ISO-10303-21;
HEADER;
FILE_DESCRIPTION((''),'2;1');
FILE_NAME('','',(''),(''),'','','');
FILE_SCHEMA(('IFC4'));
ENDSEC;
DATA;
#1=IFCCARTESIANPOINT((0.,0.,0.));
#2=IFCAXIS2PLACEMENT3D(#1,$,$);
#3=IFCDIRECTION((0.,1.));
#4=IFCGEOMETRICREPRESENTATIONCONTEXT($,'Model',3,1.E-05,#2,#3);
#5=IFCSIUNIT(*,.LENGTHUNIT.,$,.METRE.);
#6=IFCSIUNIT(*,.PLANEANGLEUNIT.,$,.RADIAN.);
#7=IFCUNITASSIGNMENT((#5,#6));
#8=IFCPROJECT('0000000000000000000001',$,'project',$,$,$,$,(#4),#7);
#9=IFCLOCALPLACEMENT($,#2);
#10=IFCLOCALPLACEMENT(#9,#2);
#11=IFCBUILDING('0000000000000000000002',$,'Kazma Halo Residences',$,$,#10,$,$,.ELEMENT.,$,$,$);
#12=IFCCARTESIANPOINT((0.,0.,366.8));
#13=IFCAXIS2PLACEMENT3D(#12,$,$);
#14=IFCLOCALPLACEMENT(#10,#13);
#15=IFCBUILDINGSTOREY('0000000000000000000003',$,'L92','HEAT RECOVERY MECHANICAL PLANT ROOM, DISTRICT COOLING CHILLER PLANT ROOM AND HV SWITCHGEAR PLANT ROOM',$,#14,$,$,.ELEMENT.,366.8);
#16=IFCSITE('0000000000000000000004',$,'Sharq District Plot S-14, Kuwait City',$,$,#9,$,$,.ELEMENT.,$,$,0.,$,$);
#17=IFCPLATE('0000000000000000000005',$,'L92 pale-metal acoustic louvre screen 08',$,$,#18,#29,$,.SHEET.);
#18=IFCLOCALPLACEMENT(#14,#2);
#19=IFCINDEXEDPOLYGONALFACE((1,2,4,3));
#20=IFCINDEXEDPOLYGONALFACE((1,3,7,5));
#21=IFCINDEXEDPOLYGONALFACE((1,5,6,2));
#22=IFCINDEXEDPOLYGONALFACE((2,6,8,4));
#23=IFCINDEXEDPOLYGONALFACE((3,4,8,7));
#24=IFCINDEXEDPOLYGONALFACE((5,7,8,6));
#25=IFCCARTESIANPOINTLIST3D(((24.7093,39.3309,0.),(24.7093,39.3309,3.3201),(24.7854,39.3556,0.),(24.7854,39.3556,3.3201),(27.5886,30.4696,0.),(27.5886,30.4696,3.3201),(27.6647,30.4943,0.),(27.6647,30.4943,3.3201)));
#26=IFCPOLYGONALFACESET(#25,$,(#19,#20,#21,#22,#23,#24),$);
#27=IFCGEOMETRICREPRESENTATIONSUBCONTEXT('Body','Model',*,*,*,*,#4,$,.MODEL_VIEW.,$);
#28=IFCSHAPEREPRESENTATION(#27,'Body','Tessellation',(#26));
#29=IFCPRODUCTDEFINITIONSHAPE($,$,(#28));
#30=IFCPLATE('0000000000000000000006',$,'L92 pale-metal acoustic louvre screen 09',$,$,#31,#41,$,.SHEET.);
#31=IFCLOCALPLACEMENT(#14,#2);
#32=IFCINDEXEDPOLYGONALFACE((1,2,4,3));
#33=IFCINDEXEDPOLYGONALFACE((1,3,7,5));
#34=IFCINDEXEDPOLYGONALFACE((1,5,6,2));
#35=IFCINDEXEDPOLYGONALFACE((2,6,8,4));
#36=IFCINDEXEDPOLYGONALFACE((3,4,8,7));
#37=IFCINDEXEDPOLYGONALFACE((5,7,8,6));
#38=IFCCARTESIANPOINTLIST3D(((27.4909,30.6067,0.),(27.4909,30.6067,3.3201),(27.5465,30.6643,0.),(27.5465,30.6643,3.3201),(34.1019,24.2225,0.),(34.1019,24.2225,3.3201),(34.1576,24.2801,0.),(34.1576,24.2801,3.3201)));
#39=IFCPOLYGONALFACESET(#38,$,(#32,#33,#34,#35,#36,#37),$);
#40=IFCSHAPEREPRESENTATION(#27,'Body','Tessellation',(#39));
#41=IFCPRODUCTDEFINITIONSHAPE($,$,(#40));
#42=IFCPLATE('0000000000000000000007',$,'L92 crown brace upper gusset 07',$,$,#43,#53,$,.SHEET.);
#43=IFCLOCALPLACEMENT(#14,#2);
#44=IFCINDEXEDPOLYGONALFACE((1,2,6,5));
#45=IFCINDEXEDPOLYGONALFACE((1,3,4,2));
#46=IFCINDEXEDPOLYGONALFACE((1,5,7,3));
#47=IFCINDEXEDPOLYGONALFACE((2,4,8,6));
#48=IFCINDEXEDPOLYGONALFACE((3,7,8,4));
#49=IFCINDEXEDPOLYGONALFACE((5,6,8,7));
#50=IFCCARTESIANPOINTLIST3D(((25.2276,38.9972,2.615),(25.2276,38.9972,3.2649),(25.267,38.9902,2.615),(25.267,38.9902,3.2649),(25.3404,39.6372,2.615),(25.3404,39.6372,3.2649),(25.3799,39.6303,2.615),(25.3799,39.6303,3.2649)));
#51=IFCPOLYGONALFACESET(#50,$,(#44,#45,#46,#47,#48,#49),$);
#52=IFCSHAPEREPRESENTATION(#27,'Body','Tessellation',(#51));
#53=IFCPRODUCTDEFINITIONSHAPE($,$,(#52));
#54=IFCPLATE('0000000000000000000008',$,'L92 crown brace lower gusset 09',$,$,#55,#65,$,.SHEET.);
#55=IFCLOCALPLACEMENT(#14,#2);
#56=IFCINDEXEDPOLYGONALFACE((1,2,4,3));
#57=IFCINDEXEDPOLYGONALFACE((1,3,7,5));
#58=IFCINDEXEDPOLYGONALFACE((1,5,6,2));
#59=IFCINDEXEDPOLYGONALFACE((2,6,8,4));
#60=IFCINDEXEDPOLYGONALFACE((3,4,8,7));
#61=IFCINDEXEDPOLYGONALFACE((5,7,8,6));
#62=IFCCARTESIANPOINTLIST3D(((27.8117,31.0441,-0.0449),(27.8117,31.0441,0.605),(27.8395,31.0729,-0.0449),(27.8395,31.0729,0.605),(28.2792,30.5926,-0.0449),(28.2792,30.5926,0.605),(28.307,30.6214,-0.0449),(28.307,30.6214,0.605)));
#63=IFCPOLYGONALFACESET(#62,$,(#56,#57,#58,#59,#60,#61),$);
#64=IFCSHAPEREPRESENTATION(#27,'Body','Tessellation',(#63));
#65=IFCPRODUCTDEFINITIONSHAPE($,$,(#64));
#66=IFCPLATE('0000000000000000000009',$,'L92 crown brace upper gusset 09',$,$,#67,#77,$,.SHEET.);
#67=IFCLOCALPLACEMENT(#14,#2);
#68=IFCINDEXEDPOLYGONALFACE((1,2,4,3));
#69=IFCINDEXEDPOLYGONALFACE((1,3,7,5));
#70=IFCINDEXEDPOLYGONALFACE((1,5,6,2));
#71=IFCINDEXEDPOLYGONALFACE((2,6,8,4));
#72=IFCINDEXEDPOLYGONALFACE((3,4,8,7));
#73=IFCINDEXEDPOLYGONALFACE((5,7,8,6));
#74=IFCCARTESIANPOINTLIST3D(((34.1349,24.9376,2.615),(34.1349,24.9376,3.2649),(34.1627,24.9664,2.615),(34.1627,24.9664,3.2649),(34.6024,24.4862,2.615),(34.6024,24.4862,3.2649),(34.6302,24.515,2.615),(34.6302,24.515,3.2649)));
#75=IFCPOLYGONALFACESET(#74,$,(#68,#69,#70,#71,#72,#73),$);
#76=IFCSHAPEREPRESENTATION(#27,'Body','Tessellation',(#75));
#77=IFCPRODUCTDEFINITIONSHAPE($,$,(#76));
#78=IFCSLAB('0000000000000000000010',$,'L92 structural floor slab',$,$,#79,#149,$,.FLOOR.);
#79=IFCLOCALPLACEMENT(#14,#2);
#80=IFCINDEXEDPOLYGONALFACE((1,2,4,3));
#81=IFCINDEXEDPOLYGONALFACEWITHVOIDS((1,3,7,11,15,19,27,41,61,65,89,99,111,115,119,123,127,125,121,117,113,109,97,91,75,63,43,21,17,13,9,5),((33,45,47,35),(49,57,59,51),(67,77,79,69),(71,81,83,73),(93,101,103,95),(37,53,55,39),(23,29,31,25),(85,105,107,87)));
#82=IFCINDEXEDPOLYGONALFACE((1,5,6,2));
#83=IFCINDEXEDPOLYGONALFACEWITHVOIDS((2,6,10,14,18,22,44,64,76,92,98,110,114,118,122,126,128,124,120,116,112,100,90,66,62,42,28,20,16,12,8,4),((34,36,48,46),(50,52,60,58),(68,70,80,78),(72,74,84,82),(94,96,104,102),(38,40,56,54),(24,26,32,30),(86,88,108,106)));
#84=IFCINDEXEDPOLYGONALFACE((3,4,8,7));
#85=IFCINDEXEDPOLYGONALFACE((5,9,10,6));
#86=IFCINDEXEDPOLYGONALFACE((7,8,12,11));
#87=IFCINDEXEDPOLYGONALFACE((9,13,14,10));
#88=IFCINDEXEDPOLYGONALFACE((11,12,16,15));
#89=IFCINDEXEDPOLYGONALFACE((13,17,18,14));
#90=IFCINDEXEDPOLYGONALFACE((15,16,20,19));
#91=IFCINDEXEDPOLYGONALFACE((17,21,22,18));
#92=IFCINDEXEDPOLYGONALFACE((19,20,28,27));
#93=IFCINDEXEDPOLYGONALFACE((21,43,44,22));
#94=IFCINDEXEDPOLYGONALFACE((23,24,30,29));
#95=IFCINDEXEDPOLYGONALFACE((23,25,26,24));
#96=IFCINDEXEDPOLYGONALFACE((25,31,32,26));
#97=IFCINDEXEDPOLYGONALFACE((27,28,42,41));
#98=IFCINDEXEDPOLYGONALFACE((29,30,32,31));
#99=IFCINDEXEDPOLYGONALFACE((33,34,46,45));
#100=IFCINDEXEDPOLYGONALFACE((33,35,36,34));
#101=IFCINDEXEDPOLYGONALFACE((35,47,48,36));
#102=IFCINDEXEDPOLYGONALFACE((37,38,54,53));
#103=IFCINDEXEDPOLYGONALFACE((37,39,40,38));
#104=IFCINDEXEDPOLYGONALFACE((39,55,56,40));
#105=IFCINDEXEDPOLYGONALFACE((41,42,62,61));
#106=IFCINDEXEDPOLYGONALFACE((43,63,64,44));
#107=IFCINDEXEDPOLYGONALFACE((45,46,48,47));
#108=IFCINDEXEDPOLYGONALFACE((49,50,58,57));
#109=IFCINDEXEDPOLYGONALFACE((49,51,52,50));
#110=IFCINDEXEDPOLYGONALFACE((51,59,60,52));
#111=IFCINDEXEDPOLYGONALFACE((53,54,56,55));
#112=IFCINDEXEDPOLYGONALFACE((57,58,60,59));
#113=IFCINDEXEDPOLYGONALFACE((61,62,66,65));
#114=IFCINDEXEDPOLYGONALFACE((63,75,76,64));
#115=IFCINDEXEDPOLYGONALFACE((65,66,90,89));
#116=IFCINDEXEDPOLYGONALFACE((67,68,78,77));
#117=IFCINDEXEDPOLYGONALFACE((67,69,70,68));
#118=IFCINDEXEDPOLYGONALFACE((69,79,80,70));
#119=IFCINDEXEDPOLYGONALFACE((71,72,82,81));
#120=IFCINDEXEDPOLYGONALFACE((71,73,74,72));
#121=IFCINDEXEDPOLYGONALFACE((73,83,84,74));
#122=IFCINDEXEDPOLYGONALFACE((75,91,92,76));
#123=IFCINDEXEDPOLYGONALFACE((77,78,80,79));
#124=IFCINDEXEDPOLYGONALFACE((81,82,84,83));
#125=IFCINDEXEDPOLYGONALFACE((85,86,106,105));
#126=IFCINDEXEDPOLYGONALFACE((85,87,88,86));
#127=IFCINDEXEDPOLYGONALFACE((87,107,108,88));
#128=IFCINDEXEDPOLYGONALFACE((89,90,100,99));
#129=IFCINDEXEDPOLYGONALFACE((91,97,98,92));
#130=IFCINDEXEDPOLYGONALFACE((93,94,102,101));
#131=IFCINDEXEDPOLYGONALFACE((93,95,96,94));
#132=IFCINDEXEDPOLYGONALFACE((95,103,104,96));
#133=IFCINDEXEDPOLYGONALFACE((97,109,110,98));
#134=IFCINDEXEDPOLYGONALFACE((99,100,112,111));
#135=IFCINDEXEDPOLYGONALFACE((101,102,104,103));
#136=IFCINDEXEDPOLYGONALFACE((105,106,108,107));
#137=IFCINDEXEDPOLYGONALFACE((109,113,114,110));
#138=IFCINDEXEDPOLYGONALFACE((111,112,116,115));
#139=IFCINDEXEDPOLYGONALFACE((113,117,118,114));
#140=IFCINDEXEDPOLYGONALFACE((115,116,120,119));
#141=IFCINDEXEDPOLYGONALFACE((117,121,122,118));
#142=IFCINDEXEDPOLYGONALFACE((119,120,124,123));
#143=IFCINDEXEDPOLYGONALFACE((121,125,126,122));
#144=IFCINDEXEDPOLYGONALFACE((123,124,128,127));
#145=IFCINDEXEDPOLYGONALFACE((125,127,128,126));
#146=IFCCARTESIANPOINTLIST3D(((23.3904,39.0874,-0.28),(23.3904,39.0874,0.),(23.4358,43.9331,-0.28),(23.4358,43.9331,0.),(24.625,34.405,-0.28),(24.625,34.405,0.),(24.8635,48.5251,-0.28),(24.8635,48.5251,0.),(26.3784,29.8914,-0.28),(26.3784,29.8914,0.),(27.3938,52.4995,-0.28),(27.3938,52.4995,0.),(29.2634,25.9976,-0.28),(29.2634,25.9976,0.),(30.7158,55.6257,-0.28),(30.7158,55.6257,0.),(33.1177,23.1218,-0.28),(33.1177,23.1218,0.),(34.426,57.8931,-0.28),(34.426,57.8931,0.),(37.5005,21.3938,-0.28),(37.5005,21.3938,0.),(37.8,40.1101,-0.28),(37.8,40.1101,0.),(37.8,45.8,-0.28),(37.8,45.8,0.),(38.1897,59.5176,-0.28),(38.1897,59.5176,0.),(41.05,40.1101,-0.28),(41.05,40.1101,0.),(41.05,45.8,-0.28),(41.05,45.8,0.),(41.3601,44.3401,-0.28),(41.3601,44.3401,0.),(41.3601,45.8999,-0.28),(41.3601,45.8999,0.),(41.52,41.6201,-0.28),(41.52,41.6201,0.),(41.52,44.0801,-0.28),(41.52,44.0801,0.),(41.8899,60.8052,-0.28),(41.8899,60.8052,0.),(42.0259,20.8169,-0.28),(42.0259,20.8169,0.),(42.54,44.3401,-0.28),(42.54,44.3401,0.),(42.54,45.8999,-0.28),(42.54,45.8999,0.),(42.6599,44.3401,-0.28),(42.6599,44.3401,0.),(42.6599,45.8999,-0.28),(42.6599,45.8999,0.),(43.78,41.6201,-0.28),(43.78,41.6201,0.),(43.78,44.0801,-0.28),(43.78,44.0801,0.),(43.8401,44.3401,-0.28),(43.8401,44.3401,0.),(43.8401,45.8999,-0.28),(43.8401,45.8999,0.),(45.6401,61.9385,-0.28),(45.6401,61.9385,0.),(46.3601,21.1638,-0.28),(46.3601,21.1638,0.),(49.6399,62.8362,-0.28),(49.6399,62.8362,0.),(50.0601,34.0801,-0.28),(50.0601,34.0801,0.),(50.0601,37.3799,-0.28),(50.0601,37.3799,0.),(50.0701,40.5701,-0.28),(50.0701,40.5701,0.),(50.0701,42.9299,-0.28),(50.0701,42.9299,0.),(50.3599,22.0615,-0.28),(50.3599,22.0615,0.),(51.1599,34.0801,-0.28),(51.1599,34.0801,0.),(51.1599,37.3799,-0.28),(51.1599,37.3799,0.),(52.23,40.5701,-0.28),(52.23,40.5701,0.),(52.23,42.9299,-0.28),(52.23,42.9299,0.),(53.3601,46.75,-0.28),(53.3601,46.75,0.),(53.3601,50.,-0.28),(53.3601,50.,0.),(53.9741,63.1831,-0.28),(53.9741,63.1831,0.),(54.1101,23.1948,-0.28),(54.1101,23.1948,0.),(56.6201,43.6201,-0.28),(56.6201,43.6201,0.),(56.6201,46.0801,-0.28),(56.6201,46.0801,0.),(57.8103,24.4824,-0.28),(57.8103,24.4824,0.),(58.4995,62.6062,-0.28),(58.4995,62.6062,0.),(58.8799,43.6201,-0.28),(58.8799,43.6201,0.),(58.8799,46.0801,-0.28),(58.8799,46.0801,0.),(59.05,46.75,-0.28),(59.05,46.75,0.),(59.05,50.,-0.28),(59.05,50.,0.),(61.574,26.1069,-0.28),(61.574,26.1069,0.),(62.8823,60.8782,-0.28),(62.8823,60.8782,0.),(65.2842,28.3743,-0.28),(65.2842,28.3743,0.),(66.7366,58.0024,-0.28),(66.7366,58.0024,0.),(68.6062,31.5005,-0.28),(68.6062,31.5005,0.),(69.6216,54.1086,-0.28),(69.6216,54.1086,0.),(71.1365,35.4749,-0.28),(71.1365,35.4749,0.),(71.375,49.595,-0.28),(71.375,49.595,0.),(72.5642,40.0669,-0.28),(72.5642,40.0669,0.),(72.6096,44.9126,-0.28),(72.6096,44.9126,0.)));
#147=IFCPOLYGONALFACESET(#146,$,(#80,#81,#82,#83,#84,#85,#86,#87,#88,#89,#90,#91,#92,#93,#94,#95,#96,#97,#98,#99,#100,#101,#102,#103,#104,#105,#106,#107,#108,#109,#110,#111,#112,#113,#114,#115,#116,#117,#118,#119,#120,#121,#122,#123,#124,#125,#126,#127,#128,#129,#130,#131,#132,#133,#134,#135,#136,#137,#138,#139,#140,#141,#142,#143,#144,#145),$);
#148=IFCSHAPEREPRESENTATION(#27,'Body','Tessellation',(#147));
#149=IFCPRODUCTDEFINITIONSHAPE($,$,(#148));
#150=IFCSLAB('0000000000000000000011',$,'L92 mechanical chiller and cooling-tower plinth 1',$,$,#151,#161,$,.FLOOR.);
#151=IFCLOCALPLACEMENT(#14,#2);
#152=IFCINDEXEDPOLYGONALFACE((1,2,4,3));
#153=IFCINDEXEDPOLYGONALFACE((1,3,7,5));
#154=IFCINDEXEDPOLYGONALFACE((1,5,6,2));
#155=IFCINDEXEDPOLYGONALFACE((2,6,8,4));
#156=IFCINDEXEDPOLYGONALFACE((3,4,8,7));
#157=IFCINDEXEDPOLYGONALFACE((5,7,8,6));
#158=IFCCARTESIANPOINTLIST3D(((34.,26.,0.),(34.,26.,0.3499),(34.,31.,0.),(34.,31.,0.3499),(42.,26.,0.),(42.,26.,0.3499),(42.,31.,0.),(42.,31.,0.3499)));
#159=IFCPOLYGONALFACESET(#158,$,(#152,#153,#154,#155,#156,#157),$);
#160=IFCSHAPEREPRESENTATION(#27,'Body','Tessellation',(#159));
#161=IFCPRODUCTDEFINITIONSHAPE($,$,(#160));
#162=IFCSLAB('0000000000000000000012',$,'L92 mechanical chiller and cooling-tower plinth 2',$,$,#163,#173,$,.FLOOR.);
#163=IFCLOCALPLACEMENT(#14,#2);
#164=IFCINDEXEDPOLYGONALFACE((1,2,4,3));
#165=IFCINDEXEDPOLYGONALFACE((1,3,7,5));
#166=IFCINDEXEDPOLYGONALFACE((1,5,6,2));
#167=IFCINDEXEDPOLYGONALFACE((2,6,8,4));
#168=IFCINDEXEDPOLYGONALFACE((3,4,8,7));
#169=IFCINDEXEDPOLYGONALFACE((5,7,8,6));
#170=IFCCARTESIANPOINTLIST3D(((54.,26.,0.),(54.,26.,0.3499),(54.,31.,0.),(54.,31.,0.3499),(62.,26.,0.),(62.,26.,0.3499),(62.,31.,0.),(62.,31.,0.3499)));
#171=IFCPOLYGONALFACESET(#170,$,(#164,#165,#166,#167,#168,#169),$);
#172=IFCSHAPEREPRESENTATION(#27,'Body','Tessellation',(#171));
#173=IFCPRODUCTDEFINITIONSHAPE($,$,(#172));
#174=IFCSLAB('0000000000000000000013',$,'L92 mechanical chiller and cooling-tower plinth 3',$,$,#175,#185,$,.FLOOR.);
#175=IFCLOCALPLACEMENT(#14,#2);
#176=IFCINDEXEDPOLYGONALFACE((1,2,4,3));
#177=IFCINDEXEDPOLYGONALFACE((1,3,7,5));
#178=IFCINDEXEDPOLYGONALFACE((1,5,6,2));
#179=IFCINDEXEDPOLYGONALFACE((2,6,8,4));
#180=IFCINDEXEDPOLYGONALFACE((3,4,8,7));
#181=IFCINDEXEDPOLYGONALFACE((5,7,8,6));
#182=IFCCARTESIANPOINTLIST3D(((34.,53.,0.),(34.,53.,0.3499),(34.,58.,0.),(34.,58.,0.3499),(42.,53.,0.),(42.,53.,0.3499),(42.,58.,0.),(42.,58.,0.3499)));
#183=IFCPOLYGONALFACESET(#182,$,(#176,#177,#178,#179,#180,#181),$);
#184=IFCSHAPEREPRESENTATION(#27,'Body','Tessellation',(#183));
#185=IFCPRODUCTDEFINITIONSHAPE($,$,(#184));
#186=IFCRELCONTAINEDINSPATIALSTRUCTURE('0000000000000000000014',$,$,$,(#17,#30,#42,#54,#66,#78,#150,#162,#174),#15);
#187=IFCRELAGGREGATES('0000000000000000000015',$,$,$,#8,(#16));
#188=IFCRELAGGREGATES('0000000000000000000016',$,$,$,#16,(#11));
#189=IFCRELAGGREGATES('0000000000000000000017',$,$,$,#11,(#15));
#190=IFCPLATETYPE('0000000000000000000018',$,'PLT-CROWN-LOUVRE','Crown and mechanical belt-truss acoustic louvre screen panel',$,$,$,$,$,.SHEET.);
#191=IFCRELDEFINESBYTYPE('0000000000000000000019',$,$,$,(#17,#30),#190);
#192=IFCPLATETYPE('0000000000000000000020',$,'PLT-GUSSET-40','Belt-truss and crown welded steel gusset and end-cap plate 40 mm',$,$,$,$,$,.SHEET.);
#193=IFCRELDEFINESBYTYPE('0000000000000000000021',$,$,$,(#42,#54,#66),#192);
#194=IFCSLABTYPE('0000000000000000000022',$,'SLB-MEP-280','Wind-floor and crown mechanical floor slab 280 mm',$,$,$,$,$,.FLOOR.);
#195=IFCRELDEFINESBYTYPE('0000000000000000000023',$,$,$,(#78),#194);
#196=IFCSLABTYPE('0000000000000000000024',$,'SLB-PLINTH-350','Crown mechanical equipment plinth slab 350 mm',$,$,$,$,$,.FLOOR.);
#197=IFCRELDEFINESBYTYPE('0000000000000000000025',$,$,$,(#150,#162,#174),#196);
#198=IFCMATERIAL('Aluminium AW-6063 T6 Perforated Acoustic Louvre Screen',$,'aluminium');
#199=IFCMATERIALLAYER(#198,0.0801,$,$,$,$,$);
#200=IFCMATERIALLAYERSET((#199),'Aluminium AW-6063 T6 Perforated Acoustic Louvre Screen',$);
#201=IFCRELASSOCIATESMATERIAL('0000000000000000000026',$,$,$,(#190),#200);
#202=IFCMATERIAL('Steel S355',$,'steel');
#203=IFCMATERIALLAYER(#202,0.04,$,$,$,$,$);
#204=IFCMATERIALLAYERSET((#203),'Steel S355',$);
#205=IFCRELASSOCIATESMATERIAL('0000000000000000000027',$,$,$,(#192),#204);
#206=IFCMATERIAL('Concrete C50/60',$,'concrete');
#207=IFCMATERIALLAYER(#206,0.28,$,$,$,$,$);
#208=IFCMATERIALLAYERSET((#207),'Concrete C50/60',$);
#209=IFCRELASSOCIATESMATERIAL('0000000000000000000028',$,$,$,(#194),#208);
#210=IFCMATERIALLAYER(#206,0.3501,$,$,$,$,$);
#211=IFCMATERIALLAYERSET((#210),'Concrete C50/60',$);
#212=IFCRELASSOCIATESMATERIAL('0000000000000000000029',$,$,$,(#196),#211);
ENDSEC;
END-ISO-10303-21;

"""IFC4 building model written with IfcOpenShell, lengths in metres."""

from ifc_helpers import new_model, si_unit, direction, frame, origin, origin_2d, place, context, subcontext, project, spatial, polyline, rectangle, outline, extrude, material, layer, layer_set, type_object, element, save


model = new_model("IFC4")

# Units and contexts
model_context = context("Model", 3, precision=1e-05, world=origin(), true_north=direction((0.0, 1.0)))
body_context = subcontext(model_context, "Body", "Model", "MODEL_VIEW")
ifc_project = project(units=[si_unit("LENGTHUNIT", "METRE"), si_unit("PLANEANGLEUNIT", "RADIAN")], contexts=[model_context])

# Site, building, storey
site_placement = place(None, origin())
site = spatial("IfcSite", under=ifc_project, at=site_placement, Name="Sharq District Plot S-14, Kuwait City", CompositionType="ELEMENT", RefElevation=0.0)
building_placement = place(site_placement, origin())
building = spatial("IfcBuilding", under=site, at=building_placement, Name="Kazma Halo Residences", CompositionType="ELEMENT")
storey_placement = place(building_placement, frame((0.0, 0.0, 366.8)))
storey = spatial("IfcBuildingStorey", under=building, at=storey_placement, Name="L92", Description="HEAT RECOVERY MECHANICAL PLANT ROOM, DISTRICT COOLING CHILLER PLANT ROOM AND HV SWITCHGEAR PLANT ROOM", CompositionType="ELEMENT", Elevation=366.8)

# Shared definitions
ifc_material_1 = material(Name="Steel S355", Category="steel")

# Plates
ifc_material_2 = material(Name="Aluminium AW-6063 T6 Perforated Acoustic Louvre Screen", Category="aluminium")
ifc_layer_1 = layer(ifc_material_2, 0.0801)
ifc_layer_set_1 = layer_set([ifc_layer_1], Name="Aluminium AW-6063 T6 Perforated Acoustic Louvre Screen")
plate_type_1 = type_object("IfcPlateType", Name="PLT-CROWN-LOUVRE", Description="Crown and mechanical belt-truss acoustic louvre screen panel", PredefinedType="SHEET", material=ifc_layer_set_1)
plate_1_placement = place(storey_placement, frame((26.187, 34.9126, 0.0), z_axis=(0.0, 0.0, 1.0), x_axis=(0.309023, -0.951055, 0.0)))
element("IfcPlate", 1, at=plate_1_placement, inside=storey, type_object=plate_type_1, Name="L92 pale-metal acoustic louvre screen 08", PredefinedType="SHEET", context=body_context, shape_type="SweptSolid", body=[
    extrude(rectangle(XDim=9.3174, YDim=0.0801, at=origin_2d()), origin(), (0.0, 0.0, 1.0), 3.3201),
])
plate_2_placement = place(storey_placement, frame((30.8242, 27.4434, 0.0), z_axis=(0.0, 0.0, 1.0), x_axis=(0.719342, -0.694656, 0.0)))
element("IfcPlate", 2, at=plate_2_placement, inside=storey, type_object=plate_type_1, Name="L92 pale-metal acoustic louvre screen 09", PredefinedType="SHEET", context=body_context, shape_type="SweptSolid", body=[
    extrude(rectangle(XDim=9.1904, YDim=0.0801, at=origin_2d()), origin(), (0.0, 0.0, 1.0), 3.3201),
])
ifc_layer_2 = layer(ifc_material_1, 0.04)
ifc_layer_set_2 = layer_set([ifc_layer_2], Name="Steel S355")
plate_type_2 = type_object("IfcPlateType", Name="PLT-GUSSET-40", Description="Belt-truss and crown welded steel gusset and end-cap plate 40 mm", PredefinedType="SHEET", material=ifc_layer_set_2)
for number, where, z_axis, x_axis, name in (
    (3, (25.3037, 39.3137, 2.615), (0.0, 0.0, 1.0), (-0.173656, -0.984806, 0.0), "L92 crown brace upper gusset 07"),
    (4, (28.0593, 30.8328, -0.0449), (0.0, 0.0, 1.0), (0.719342, -0.694656, 0.0), "L92 crown brace lower gusset 09"),
    (5, (34.3826, 24.7263, 2.615), (0.0, 0.0, 1.0), (0.719342, -0.694656, 0.0), "L92 crown brace upper gusset 09"),
):
    element("IfcPlate", number, at=place(storey_placement, frame(where, z_axis=z_axis, x_axis=x_axis)), inside=storey, type_object=plate_type_2, Name=name, PredefinedType="SHEET", context=body_context, shape_type="SweptSolid", body=[
        extrude(rectangle(XDim=0.6499, YDim=0.04, at=origin_2d()), origin(), (0.0, 0.0, 1.0), 0.6499),
    ])

# Slabs
ifc_material_3 = material(Name="Concrete C50/60", Category="concrete")
ifc_layer_3 = layer(ifc_material_3, 0.28)
ifc_layer_set_3 = layer_set([ifc_layer_3], Name="Concrete C50/60")
slab_type_1 = type_object("IfcSlabType", Name="SLB-MEP-280", Description="Wind-floor and crown mechanical floor slab 280 mm", PredefinedType="FLOOR", material=ifc_layer_set_3)
slab_1_placement = place(storey_placement, frame((0.0, 0.0, -0.28)))
element("IfcSlab", 6, at=slab_1_placement, inside=storey, type_object=slab_type_1, Name="L92 structural floor slab", PredefinedType="FLOOR", context=body_context, shape_type="SweptSolid", body=[
    extrude(outline(polyline([(71.375, 49.595), (69.6216, 54.1086), (66.7366, 58.0024), (62.8823, 60.8782), (58.4995, 62.6062), (53.9741, 63.1831), (49.6399, 62.8362), (45.6401, 61.9385), (41.8899, 60.8052), (38.1897, 59.5176), (34.426, 57.8931), (30.7158, 55.6257), (27.3938, 52.4995), (24.8635, 48.5251), (23.4358, 43.9331), (23.3904, 39.0874), (24.625, 34.405), (26.3784, 29.8914), (29.2634, 25.9976), (33.1177, 23.1218), (37.5005, 21.3938), (42.0259, 20.8169), (46.3601, 21.1638), (50.3599, 22.0615), (54.1101, 23.1948), (57.8103, 24.4824), (61.574, 26.1069), (65.2842, 28.3743), (68.6062, 31.5005), (71.1365, 35.4749), (72.5642, 40.0669), (72.6096, 44.9126), (71.375, 49.595)]), holes=[polyline([(37.8, 40.1101), (41.05, 40.1101), (41.05, 45.8), (37.8, 45.8), (37.8, 40.1101)]), polyline([(53.3601, 46.75), (59.05, 46.75), (59.05, 50.0), (53.3601, 50.0), (53.3601, 46.75)]), polyline([(41.52, 41.6201), (43.78, 41.6201), (43.78, 44.0801), (41.52, 44.0801), (41.52, 41.6201)]), polyline([(56.6201, 43.6201), (58.8799, 43.6201), (58.8799, 46.0801), (56.6201, 46.0801), (56.6201, 43.6201)]), polyline([(50.0701, 40.5701), (52.23, 40.5701), (52.23, 42.9299), (50.0701, 42.9299), (50.0701, 40.5701)]), polyline([(41.3601, 44.3401), (42.54, 44.3401), (42.54, 45.8999), (41.3601, 45.8999), (41.3601, 44.3401)]), polyline([(42.6599, 44.3401), (43.8401, 44.3401), (43.8401, 45.8999), (42.6599, 45.8999), (42.6599, 44.3401)]), polyline([(50.0601, 34.0801), (51.1599, 34.0801), (51.1599, 37.3799), (50.0601, 37.3799), (50.0601, 34.0801)])]), origin(), (0.0, 0.0, 1.0), 0.28),
])
ifc_layer_4 = layer(ifc_material_3, 0.3501)
ifc_layer_set_4 = layer_set([ifc_layer_4], Name="Concrete C50/60")
slab_type_2 = type_object("IfcSlabType", Name="SLB-PLINTH-350", Description="Crown mechanical equipment plinth slab 350 mm", PredefinedType="FLOOR", material=ifc_layer_set_4)
slab_2_placement = place(storey_placement, origin())
element("IfcSlab", 7, at=slab_2_placement, inside=storey, type_object=slab_type_2, Name="L92 mechanical chiller and cooling-tower plinth 1", PredefinedType="FLOOR", context=body_context, shape_type="SweptSolid", body=[
    extrude(outline(polyline([(34.0, 26.0), (42.0, 26.0), (42.0, 31.0), (34.0, 31.0), (34.0, 26.0)])), origin(), (0.0, 0.0, 1.0), 0.3499),
])
slab_3_placement = place(storey_placement, origin())
element("IfcSlab", 8, at=slab_3_placement, inside=storey, type_object=slab_type_2, Name="L92 mechanical chiller and cooling-tower plinth 2", PredefinedType="FLOOR", context=body_context, shape_type="SweptSolid", body=[
    extrude(outline(polyline([(54.0, 26.0), (62.0, 26.0), (62.0, 31.0), (54.0, 31.0), (54.0, 26.0)])), origin(), (0.0, 0.0, 1.0), 0.3499),
])
slab_4_placement = place(storey_placement, origin())
element("IfcSlab", 9, at=slab_4_placement, inside=storey, type_object=slab_type_2, Name="L92 mechanical chiller and cooling-tower plinth 3", PredefinedType="FLOOR", context=body_context, shape_type="SweptSolid", body=[
    extrude(outline(polyline([(34.0, 53.0), (42.0, 53.0), (42.0, 58.0), (34.0, 58.0), (34.0, 53.0)])), origin(), (0.0, 0.0, 1.0), 0.3499),
])

save(model, "model.ifc")
